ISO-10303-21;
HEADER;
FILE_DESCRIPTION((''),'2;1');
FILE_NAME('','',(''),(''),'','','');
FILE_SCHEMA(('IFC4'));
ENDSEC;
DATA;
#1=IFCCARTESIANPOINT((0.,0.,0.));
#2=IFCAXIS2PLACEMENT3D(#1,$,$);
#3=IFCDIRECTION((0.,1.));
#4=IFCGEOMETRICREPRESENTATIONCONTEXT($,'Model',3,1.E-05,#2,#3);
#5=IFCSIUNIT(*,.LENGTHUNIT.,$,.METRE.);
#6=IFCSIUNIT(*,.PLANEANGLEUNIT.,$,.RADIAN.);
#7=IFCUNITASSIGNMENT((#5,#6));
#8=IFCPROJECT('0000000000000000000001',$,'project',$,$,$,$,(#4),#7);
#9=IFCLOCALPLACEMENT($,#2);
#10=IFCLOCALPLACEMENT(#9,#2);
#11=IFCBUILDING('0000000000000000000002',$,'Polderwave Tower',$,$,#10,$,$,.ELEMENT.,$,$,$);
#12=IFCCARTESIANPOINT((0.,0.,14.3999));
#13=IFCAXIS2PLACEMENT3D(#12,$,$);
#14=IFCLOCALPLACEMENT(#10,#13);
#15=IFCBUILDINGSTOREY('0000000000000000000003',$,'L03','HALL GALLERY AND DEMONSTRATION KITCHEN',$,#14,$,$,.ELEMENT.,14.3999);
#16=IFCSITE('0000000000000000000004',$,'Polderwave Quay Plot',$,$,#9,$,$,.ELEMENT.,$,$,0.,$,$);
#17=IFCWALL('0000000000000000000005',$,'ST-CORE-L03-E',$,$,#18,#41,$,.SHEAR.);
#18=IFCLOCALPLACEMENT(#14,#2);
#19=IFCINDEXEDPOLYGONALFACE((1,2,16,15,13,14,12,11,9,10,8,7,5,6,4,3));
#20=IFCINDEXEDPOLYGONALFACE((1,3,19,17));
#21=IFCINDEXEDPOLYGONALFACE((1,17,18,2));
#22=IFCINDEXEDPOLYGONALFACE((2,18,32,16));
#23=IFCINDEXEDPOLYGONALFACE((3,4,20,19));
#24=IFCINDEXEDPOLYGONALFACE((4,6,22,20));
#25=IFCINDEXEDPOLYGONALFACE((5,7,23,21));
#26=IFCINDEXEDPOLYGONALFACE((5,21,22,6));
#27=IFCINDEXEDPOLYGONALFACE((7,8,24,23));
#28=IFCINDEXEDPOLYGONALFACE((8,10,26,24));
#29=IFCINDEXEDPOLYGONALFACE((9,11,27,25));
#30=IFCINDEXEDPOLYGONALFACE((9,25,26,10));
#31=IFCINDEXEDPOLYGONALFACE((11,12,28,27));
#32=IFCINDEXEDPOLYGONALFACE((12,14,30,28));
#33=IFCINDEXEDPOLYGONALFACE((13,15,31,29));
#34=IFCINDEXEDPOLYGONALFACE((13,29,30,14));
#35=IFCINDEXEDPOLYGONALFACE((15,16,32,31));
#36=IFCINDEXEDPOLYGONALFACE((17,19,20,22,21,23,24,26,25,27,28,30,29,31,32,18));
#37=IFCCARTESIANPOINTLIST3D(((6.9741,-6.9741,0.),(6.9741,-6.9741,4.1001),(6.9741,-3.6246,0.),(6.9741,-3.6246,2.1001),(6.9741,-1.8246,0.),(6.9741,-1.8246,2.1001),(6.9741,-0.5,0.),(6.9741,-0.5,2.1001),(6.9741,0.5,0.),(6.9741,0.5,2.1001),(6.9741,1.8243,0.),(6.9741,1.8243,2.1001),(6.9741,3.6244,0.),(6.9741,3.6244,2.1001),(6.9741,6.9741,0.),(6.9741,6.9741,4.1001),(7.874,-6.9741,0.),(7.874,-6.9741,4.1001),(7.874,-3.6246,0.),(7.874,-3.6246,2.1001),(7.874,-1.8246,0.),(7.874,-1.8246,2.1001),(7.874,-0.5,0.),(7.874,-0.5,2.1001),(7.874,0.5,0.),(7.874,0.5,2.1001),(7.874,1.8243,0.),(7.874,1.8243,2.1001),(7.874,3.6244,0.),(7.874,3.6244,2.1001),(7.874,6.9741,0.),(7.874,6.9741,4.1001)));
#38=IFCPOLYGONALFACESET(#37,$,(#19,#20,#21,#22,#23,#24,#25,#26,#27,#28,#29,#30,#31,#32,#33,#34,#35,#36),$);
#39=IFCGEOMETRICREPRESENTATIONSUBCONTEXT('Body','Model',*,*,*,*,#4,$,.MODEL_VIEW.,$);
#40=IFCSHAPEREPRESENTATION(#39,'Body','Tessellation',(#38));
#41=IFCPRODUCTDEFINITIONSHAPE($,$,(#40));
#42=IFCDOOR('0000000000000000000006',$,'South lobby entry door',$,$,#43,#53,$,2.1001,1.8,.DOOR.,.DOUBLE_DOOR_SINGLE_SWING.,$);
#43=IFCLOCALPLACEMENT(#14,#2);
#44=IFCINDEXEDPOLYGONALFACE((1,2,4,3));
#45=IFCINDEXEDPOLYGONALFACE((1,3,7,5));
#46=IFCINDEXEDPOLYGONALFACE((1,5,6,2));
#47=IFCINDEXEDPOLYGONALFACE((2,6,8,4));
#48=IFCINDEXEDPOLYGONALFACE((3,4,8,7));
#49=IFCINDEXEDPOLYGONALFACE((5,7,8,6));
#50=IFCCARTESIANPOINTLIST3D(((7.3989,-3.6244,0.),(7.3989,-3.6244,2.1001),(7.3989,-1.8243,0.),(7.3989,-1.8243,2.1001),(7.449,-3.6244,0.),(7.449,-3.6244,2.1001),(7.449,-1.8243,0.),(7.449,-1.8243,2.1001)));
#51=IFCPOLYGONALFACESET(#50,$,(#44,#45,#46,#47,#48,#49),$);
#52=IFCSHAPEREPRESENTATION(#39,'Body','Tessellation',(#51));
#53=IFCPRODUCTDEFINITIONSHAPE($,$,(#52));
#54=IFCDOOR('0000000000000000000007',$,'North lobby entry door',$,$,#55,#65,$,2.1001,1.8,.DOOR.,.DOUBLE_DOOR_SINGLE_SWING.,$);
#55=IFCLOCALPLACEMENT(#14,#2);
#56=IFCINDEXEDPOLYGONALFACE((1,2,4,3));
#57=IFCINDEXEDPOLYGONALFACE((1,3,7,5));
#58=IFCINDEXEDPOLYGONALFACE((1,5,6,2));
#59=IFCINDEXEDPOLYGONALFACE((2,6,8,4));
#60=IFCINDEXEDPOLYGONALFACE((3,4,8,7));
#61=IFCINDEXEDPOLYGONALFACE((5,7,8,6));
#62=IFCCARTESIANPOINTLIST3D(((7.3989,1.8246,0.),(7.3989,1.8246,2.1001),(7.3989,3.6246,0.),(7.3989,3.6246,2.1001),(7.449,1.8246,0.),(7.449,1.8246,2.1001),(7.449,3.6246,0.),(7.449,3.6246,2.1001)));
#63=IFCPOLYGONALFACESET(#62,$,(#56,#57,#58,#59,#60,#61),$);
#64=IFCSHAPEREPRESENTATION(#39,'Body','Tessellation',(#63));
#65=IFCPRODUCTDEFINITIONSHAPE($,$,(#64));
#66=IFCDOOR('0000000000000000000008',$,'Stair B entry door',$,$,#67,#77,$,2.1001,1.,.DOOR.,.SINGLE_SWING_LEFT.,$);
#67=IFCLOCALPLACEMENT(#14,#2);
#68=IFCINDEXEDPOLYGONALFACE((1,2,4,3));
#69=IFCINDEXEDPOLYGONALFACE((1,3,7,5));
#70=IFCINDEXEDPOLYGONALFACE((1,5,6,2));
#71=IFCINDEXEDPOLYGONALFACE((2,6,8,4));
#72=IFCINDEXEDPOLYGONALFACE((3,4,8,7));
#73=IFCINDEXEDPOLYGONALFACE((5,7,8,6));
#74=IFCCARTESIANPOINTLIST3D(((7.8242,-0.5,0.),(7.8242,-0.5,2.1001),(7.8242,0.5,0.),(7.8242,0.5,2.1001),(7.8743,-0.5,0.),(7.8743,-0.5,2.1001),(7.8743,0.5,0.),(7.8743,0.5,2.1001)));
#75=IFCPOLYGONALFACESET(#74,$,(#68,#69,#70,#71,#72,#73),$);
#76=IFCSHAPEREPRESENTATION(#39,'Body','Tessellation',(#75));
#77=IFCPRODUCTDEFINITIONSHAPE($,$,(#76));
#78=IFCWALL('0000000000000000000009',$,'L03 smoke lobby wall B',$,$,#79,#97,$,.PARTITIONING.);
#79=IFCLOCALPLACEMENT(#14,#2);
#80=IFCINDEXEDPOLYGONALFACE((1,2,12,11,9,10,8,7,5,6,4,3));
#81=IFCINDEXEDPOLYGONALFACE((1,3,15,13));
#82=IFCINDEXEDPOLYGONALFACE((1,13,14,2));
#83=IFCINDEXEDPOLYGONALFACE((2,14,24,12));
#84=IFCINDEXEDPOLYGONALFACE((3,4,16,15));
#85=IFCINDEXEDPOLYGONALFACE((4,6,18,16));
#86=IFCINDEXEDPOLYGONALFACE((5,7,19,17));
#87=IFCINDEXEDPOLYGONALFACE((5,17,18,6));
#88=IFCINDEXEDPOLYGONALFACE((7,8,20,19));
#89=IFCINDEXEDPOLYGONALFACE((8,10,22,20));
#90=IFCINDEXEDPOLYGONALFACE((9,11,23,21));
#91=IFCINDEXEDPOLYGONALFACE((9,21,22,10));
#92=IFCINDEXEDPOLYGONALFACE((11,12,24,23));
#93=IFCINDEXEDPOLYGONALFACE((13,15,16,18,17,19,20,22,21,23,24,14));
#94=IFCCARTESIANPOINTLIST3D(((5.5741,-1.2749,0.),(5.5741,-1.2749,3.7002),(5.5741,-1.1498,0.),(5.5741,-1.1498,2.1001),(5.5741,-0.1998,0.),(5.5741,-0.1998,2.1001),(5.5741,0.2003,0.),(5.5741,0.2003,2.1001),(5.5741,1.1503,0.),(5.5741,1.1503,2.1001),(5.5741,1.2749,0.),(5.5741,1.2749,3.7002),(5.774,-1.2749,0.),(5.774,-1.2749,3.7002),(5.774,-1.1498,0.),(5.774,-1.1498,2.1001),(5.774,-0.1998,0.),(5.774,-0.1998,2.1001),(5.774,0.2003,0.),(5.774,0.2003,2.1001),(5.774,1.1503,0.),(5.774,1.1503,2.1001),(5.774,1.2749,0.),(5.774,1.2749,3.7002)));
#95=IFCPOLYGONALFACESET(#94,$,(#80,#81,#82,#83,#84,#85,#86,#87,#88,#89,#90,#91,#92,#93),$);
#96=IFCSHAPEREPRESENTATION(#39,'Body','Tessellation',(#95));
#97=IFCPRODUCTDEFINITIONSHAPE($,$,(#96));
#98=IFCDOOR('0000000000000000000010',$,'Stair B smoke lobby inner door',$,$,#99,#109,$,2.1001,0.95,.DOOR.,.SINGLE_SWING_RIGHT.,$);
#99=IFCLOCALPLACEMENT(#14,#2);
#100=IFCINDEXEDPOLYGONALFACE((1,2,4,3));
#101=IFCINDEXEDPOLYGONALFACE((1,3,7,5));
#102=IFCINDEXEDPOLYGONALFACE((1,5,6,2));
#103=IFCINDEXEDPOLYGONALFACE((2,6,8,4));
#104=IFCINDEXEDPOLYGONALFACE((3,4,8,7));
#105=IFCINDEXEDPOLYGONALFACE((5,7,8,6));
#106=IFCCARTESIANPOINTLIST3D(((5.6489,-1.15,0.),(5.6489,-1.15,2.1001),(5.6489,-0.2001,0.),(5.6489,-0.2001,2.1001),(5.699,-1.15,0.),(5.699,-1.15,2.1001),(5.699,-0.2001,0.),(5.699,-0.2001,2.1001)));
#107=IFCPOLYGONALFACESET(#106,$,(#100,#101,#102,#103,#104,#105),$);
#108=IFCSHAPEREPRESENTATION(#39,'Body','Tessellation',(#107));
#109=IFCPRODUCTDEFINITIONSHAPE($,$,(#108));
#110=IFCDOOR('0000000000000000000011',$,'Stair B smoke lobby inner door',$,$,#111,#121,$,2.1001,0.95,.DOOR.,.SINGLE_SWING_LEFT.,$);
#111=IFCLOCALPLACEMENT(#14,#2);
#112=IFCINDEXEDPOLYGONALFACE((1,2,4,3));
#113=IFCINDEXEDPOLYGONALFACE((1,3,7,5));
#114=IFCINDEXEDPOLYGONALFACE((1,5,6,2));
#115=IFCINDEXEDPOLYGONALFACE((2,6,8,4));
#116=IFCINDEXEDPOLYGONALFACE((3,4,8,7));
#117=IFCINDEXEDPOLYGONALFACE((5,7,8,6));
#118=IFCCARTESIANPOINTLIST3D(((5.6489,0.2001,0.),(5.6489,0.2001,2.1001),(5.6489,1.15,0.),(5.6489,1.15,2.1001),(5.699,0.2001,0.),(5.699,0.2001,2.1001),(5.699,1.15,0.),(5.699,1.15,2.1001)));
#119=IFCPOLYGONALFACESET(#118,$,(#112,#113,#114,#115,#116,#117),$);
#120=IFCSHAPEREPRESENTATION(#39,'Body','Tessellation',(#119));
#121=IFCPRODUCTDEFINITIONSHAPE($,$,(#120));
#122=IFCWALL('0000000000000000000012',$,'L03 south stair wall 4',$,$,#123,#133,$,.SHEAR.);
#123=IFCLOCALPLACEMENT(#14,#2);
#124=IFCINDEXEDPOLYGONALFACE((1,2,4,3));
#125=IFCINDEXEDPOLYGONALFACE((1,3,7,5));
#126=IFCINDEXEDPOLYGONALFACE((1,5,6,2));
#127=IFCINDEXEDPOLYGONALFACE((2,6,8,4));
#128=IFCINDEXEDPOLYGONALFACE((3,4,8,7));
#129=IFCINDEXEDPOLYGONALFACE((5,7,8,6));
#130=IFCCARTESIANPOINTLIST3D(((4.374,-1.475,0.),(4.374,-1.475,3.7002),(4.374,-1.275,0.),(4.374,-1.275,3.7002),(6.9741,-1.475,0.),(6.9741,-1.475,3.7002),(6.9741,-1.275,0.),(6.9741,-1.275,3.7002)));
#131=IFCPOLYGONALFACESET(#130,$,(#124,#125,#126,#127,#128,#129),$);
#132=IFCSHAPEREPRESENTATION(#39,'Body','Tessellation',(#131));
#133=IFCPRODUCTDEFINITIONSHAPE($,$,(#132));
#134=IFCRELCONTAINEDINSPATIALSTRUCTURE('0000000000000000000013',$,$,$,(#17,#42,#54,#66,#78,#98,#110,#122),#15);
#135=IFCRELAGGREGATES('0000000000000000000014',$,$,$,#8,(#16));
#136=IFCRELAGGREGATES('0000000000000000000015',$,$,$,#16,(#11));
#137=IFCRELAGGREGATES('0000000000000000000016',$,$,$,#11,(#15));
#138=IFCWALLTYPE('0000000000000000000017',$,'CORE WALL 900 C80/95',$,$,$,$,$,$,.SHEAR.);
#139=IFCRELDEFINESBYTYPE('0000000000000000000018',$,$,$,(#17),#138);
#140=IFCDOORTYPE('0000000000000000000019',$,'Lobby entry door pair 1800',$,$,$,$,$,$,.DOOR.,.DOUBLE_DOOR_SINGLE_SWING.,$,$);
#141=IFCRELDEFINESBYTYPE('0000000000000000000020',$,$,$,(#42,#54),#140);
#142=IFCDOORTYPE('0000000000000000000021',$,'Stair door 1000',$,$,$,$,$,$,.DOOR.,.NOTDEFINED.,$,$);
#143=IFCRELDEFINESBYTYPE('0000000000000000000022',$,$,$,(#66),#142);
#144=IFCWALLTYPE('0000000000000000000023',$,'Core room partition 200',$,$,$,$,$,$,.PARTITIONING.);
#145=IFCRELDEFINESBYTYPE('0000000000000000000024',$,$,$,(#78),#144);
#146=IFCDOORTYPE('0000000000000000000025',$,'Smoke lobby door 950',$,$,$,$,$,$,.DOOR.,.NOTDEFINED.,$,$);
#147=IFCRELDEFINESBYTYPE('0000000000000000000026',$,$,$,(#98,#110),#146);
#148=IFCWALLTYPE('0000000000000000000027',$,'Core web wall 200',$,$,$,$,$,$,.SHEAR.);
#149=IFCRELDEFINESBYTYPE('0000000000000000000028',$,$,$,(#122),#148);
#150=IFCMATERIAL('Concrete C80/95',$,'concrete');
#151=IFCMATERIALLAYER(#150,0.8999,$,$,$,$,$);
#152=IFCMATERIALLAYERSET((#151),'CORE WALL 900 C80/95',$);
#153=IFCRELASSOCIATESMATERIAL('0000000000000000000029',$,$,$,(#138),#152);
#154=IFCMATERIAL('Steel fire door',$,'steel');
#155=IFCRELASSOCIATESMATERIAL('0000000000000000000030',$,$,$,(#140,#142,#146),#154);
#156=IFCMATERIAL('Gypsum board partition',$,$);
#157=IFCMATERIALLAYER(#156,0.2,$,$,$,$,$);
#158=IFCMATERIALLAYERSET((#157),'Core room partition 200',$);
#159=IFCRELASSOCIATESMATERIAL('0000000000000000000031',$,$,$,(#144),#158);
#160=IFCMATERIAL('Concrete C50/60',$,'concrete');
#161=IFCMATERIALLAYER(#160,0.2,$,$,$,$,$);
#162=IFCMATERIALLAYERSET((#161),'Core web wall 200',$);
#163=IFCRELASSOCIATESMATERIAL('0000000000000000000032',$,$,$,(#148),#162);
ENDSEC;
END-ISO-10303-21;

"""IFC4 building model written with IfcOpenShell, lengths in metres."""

from ifc_helpers import new_model, si_unit, direction, frame, frame_2d, origin, place, context, subcontext, project, spatial, rectangle, extrude, material, layer, layer_set, type_object, element, fill, save


model = new_model("IFC4")

# Units and contexts
model_context = context("Model", 3, precision=1e-05, world=origin(), true_north=direction((0.0, 1.0)))
body_context = subcontext(model_context, "Body", "Model", "MODEL_VIEW")
ifc_project = project(units=[si_unit("LENGTHUNIT", "METRE"), si_unit("PLANEANGLEUNIT", "RADIAN")], contexts=[model_context])

# Site, building, storey
site_placement = place(None, origin())
site = spatial("IfcSite", under=ifc_project, at=site_placement, Name="Polderwave Quay Plot", CompositionType="ELEMENT", RefElevation=0.0)
building_placement = place(site_placement, origin())
building = spatial("IfcBuilding", under=site, at=building_placement, Name="Polderwave Tower", CompositionType="ELEMENT")
storey_placement = place(building_placement, frame((0.0, 0.0, 14.3999)))
storey = spatial("IfcBuildingStorey", under=building, at=storey_placement, Name="L03", Description="HALL GALLERY AND DEMONSTRATION KITCHEN", CompositionType="ELEMENT", Elevation=14.3999)

# Walls, openings, doors
ifc_material_1 = material(Name="Concrete C80/95", Category="concrete")
ifc_layer_1 = layer(ifc_material_1, 0.8999)
ifc_layer_set_1 = layer_set([ifc_layer_1], Name="CORE WALL 900 C80/95")
wall_type_1 = type_object("IfcWallType", Name="CORE WALL 900 C80/95", PredefinedType="SHEAR", material=ifc_layer_set_1)
wall_1_placement = place(storey_placement, frame((7.4241, -6.9741, 0.0), z_axis=(0.0, 0.0, 1.0), x_axis=(0.0, 1.0, 0.0)))
wall_1 = element("IfcWall", 1, at=wall_1_placement, inside=storey, type_object=wall_type_1, Name="ST-CORE-L03-E", PredefinedType="SHEAR", context=body_context, shape_type="SweptSolid", body=[
    extrude(rectangle(XDim=13.9482, YDim=0.8999, at=frame_2d((6.9741, 0.0))), origin(), (0.0, 0.0, 1.0), 4.1001),
])
opening_1_placement = place(wall_1_placement, frame((6.4741, 0.0, 0.0)))
opening_1 = element("IfcOpeningElement", 2, at=opening_1_placement, cuts=wall_1, PredefinedType="OPENING", context=body_context, shape_type="SweptSolid", body=[
    extrude(rectangle(XDim=1.0, YDim=2.1001, at=frame_2d((0.5, 1.05))), frame((0.0, 0.46, 0.0), z_axis=(0.0, -1.0, 0.0), x_axis=(1.0, 0.0, 0.0)), (0.0, 0.0, 1.0), 0.9199),
])
opening_2_placement = place(wall_1_placement, frame((3.3496, 0.0, 0.0)))
opening_2 = element("IfcOpeningElement", 3, at=opening_2_placement, cuts=wall_1, PredefinedType="OPENING", context=body_context, shape_type="SweptSolid", body=[
    extrude(rectangle(XDim=1.8, YDim=2.1001, at=frame_2d((0.8999, 1.05))), frame((0.0, 0.46, 0.0), z_axis=(0.0, -1.0, 0.0), x_axis=(1.0, 0.0, 0.0)), (0.0, 0.0, 1.0), 0.9199),
])
opening_3_placement = place(wall_1_placement, frame((8.7986, 0.0, 0.0)))
opening_3 = element("IfcOpeningElement", 4, at=opening_3_placement, cuts=wall_1, PredefinedType="OPENING", context=body_context, shape_type="SweptSolid", body=[
    extrude(rectangle(XDim=1.8, YDim=2.1001, at=frame_2d((0.8999, 1.05))), frame((0.0, 0.46, 0.0), z_axis=(0.0, -1.0, 0.0), x_axis=(1.0, 0.0, 0.0)), (0.0, 0.0, 1.0), 0.9199),
])
ifc_material_2 = material(Name="Steel fire door", Category="steel")
door_type_1 = type_object("IfcDoorType", Name="Lobby entry door pair 1800", OperationType="DOUBLE_DOOR_SINGLE_SWING", PredefinedType="DOOR", material=ifc_material_2)
door_1_placement = place(opening_2_placement, frame((1.8, 0.0, 0.0), z_axis=(0.0, 0.0, 1.0), x_axis=(-1.0, 0.0, 0.0)))
door_1 = element("IfcDoor", 5, at=door_1_placement, inside=storey, type_object=door_type_1, Name="South lobby entry door", OperationType="DOUBLE_DOOR_SINGLE_SWING", OverallHeight=2.1001, OverallWidth=1.8, PredefinedType="DOOR", context=body_context, shape_type="SweptSolid", body=[
    extrude(rectangle(XDim=1.8, YDim=2.1001, at=frame_2d((0.8999, 1.05))), frame((0.0, 0.0249, 0.0), z_axis=(0.0, -1.0, 0.0), x_axis=(1.0, 0.0, 0.0)), (0.0, 0.0, 1.0), 0.05),
])
fill(opening_2, door_1)
door_2_placement = place(opening_3_placement, frame((1.8, 0.0, 0.0), z_axis=(0.0, 0.0, 1.0), x_axis=(-1.0, 0.0, 0.0)))
door_2 = element("IfcDoor", 6, at=door_2_placement, inside=storey, type_object=door_type_1, Name="North lobby entry door", OperationType="DOUBLE_DOOR_SINGLE_SWING", OverallHeight=2.1001, OverallWidth=1.8, PredefinedType="DOOR", context=body_context, shape_type="SweptSolid", body=[
    extrude(rectangle(XDim=1.8, YDim=2.1001, at=frame_2d((0.8999, 1.05))), frame((0.0, 0.0249, 0.0), z_axis=(0.0, -1.0, 0.0), x_axis=(1.0, 0.0, 0.0)), (0.0, 0.0, 1.0), 0.05),
])
fill(opening_3, door_2)
door_type_2 = type_object("IfcDoorType", Name="Stair door 1000", OperationType="NOTDEFINED", PredefinedType="DOOR", material=ifc_material_2)
door_3_placement = place(opening_1_placement, frame((1.0, 0.0, 0.0), z_axis=(0.0, 0.0, 1.0), x_axis=(-1.0, 0.0, 0.0)))
door_3 = element("IfcDoor", 7, at=door_3_placement, inside=storey, type_object=door_type_2, Name="Stair B entry door", OperationType="SINGLE_SWING_LEFT", OverallHeight=2.1001, OverallWidth=1.0, PredefinedType="DOOR", context=body_context, shape_type="SweptSolid", body=[
    extrude(rectangle(XDim=1.0, YDim=2.1001, at=frame_2d((0.5, 1.05))), frame((0.0, 0.4502, 0.0), z_axis=(0.0, -1.0, 0.0), x_axis=(1.0, 0.0, 0.0)), (0.0, 0.0, 1.0), 0.05),
])
fill(opening_1, door_3)
ifc_material_3 = material(Name="Gypsum board partition")
ifc_layer_2 = layer(ifc_material_3, 0.2)
ifc_layer_set_2 = layer_set([ifc_layer_2], Name="Core room partition 200")
wall_type_2 = type_object("IfcWallType", Name="Core room partition 200", PredefinedType="PARTITIONING", material=ifc_layer_set_2)
wall_2_placement = place(storey_placement, frame((5.6741, -1.2749, 0.0), z_axis=(0.0, 0.0, 1.0), x_axis=(0.0, 1.0, 0.0)))
wall_2 = element("IfcWall", 8, at=wall_2_placement, inside=storey, type_object=wall_type_2, Name="L03 smoke lobby wall B", PredefinedType="PARTITIONING", context=body_context, shape_type="SweptSolid", body=[
    extrude(rectangle(XDim=2.5498, YDim=0.2, at=frame_2d((1.2749, 0.0))), origin(), (0.0, 0.0, 1.0), 3.7002),
])
opening_4_placement = place(wall_2_placement, frame((0.125, 0.0, 0.0)))
opening_4 = element("IfcOpeningElement", 9, at=opening_4_placement, cuts=wall_2, PredefinedType="OPENING", context=body_context, shape_type="SweptSolid", body=[
    extrude(rectangle(XDim=0.95, YDim=2.1001, at=frame_2d((0.4751, 1.05))), frame((0.0, 0.1099, 0.0), z_axis=(0.0, -1.0, 0.0), x_axis=(1.0, 0.0, 0.0)), (0.0, 0.0, 1.0), 0.22),
])
opening_5_placement = place(wall_2_placement, frame((1.4751, 0.0, 0.0)))
opening_5 = element("IfcOpeningElement", 10, at=opening_5_placement, cuts=wall_2, PredefinedType="OPENING", context=body_context, shape_type="SweptSolid", body=[
    extrude(rectangle(XDim=0.95, YDim=2.1001, at=frame_2d((0.4751, 1.05))), frame((0.0, 0.1099, 0.0), z_axis=(0.0, -1.0, 0.0), x_axis=(1.0, 0.0, 0.0)), (0.0, 0.0, 1.0), 0.22),
])
door_type_3 = type_object("IfcDoorType", Name="Smoke lobby door 950", OperationType="NOTDEFINED", PredefinedType="DOOR", material=ifc_material_2)
door_4_placement = place(opening_4_placement, frame((0.95, 0.0, 0.0), z_axis=(0.0, 0.0, 1.0), x_axis=(-1.0, 0.0, 0.0)))
door_4 = element("IfcDoor", 11, at=door_4_placement, inside=storey, type_object=door_type_3, Name="Stair B smoke lobby inner door", OperationType="SINGLE_SWING_RIGHT", OverallHeight=2.1001, OverallWidth=0.95, PredefinedType="DOOR", context=body_context, shape_type="SweptSolid", body=[
    extrude(rectangle(XDim=0.95, YDim=2.1001, at=frame_2d((0.4751, 1.05))), frame((0.0, 0.0249, 0.0), z_axis=(0.0, -1.0, 0.0), x_axis=(1.0, 0.0, 0.0)), (0.0, 0.0, 1.0), 0.05),
])
fill(opening_4, door_4)
door_5_placement = place(opening_5_placement, frame((0.95, 0.0, 0.0), z_axis=(0.0, 0.0, 1.0), x_axis=(-1.0, 0.0, 0.0)))
door_5 = element("IfcDoor", 12, at=door_5_placement, inside=storey, type_object=door_type_3, Name="Stair B smoke lobby inner door", OperationType="SINGLE_SWING_LEFT", OverallHeight=2.1001, OverallWidth=0.95, PredefinedType="DOOR", context=body_context, shape_type="SweptSolid", body=[
    extrude(rectangle(XDim=0.95, YDim=2.1001, at=frame_2d((0.4751, 1.05))), frame((0.0, 0.0249, 0.0), z_axis=(0.0, -1.0, 0.0), x_axis=(1.0, 0.0, 0.0)), (0.0, 0.0, 1.0), 0.05),
])
fill(opening_5, door_5)

# Wall
ifc_material_4 = material(Name="Concrete C50/60", Category="concrete")
ifc_layer_3 = layer(ifc_material_4, 0.2)
ifc_layer_set_3 = layer_set([ifc_layer_3], Name="Core web wall 200")
wall_type_3 = type_object("IfcWallType", Name="Core web wall 200", PredefinedType="SHEAR", material=ifc_layer_set_3)
wall_3_placement = place(storey_placement, frame((4.374, -1.375, 0.0), z_axis=(0.0, 0.0, 1.0), x_axis=(1.0, 0.0, 0.0)))
element("IfcWall", 13, at=wall_3_placement, inside=storey, type_object=wall_type_3, Name="L03 south stair wall 4", PredefinedType="SHEAR", context=body_context, shape_type="SweptSolid", body=[
    extrude(rectangle(XDim=2.6001, YDim=0.2, at=frame_2d((1.3, 0.0))), origin(), (0.0, 0.0, 1.0), 3.7002),
])

save(model, "model.ifc")
